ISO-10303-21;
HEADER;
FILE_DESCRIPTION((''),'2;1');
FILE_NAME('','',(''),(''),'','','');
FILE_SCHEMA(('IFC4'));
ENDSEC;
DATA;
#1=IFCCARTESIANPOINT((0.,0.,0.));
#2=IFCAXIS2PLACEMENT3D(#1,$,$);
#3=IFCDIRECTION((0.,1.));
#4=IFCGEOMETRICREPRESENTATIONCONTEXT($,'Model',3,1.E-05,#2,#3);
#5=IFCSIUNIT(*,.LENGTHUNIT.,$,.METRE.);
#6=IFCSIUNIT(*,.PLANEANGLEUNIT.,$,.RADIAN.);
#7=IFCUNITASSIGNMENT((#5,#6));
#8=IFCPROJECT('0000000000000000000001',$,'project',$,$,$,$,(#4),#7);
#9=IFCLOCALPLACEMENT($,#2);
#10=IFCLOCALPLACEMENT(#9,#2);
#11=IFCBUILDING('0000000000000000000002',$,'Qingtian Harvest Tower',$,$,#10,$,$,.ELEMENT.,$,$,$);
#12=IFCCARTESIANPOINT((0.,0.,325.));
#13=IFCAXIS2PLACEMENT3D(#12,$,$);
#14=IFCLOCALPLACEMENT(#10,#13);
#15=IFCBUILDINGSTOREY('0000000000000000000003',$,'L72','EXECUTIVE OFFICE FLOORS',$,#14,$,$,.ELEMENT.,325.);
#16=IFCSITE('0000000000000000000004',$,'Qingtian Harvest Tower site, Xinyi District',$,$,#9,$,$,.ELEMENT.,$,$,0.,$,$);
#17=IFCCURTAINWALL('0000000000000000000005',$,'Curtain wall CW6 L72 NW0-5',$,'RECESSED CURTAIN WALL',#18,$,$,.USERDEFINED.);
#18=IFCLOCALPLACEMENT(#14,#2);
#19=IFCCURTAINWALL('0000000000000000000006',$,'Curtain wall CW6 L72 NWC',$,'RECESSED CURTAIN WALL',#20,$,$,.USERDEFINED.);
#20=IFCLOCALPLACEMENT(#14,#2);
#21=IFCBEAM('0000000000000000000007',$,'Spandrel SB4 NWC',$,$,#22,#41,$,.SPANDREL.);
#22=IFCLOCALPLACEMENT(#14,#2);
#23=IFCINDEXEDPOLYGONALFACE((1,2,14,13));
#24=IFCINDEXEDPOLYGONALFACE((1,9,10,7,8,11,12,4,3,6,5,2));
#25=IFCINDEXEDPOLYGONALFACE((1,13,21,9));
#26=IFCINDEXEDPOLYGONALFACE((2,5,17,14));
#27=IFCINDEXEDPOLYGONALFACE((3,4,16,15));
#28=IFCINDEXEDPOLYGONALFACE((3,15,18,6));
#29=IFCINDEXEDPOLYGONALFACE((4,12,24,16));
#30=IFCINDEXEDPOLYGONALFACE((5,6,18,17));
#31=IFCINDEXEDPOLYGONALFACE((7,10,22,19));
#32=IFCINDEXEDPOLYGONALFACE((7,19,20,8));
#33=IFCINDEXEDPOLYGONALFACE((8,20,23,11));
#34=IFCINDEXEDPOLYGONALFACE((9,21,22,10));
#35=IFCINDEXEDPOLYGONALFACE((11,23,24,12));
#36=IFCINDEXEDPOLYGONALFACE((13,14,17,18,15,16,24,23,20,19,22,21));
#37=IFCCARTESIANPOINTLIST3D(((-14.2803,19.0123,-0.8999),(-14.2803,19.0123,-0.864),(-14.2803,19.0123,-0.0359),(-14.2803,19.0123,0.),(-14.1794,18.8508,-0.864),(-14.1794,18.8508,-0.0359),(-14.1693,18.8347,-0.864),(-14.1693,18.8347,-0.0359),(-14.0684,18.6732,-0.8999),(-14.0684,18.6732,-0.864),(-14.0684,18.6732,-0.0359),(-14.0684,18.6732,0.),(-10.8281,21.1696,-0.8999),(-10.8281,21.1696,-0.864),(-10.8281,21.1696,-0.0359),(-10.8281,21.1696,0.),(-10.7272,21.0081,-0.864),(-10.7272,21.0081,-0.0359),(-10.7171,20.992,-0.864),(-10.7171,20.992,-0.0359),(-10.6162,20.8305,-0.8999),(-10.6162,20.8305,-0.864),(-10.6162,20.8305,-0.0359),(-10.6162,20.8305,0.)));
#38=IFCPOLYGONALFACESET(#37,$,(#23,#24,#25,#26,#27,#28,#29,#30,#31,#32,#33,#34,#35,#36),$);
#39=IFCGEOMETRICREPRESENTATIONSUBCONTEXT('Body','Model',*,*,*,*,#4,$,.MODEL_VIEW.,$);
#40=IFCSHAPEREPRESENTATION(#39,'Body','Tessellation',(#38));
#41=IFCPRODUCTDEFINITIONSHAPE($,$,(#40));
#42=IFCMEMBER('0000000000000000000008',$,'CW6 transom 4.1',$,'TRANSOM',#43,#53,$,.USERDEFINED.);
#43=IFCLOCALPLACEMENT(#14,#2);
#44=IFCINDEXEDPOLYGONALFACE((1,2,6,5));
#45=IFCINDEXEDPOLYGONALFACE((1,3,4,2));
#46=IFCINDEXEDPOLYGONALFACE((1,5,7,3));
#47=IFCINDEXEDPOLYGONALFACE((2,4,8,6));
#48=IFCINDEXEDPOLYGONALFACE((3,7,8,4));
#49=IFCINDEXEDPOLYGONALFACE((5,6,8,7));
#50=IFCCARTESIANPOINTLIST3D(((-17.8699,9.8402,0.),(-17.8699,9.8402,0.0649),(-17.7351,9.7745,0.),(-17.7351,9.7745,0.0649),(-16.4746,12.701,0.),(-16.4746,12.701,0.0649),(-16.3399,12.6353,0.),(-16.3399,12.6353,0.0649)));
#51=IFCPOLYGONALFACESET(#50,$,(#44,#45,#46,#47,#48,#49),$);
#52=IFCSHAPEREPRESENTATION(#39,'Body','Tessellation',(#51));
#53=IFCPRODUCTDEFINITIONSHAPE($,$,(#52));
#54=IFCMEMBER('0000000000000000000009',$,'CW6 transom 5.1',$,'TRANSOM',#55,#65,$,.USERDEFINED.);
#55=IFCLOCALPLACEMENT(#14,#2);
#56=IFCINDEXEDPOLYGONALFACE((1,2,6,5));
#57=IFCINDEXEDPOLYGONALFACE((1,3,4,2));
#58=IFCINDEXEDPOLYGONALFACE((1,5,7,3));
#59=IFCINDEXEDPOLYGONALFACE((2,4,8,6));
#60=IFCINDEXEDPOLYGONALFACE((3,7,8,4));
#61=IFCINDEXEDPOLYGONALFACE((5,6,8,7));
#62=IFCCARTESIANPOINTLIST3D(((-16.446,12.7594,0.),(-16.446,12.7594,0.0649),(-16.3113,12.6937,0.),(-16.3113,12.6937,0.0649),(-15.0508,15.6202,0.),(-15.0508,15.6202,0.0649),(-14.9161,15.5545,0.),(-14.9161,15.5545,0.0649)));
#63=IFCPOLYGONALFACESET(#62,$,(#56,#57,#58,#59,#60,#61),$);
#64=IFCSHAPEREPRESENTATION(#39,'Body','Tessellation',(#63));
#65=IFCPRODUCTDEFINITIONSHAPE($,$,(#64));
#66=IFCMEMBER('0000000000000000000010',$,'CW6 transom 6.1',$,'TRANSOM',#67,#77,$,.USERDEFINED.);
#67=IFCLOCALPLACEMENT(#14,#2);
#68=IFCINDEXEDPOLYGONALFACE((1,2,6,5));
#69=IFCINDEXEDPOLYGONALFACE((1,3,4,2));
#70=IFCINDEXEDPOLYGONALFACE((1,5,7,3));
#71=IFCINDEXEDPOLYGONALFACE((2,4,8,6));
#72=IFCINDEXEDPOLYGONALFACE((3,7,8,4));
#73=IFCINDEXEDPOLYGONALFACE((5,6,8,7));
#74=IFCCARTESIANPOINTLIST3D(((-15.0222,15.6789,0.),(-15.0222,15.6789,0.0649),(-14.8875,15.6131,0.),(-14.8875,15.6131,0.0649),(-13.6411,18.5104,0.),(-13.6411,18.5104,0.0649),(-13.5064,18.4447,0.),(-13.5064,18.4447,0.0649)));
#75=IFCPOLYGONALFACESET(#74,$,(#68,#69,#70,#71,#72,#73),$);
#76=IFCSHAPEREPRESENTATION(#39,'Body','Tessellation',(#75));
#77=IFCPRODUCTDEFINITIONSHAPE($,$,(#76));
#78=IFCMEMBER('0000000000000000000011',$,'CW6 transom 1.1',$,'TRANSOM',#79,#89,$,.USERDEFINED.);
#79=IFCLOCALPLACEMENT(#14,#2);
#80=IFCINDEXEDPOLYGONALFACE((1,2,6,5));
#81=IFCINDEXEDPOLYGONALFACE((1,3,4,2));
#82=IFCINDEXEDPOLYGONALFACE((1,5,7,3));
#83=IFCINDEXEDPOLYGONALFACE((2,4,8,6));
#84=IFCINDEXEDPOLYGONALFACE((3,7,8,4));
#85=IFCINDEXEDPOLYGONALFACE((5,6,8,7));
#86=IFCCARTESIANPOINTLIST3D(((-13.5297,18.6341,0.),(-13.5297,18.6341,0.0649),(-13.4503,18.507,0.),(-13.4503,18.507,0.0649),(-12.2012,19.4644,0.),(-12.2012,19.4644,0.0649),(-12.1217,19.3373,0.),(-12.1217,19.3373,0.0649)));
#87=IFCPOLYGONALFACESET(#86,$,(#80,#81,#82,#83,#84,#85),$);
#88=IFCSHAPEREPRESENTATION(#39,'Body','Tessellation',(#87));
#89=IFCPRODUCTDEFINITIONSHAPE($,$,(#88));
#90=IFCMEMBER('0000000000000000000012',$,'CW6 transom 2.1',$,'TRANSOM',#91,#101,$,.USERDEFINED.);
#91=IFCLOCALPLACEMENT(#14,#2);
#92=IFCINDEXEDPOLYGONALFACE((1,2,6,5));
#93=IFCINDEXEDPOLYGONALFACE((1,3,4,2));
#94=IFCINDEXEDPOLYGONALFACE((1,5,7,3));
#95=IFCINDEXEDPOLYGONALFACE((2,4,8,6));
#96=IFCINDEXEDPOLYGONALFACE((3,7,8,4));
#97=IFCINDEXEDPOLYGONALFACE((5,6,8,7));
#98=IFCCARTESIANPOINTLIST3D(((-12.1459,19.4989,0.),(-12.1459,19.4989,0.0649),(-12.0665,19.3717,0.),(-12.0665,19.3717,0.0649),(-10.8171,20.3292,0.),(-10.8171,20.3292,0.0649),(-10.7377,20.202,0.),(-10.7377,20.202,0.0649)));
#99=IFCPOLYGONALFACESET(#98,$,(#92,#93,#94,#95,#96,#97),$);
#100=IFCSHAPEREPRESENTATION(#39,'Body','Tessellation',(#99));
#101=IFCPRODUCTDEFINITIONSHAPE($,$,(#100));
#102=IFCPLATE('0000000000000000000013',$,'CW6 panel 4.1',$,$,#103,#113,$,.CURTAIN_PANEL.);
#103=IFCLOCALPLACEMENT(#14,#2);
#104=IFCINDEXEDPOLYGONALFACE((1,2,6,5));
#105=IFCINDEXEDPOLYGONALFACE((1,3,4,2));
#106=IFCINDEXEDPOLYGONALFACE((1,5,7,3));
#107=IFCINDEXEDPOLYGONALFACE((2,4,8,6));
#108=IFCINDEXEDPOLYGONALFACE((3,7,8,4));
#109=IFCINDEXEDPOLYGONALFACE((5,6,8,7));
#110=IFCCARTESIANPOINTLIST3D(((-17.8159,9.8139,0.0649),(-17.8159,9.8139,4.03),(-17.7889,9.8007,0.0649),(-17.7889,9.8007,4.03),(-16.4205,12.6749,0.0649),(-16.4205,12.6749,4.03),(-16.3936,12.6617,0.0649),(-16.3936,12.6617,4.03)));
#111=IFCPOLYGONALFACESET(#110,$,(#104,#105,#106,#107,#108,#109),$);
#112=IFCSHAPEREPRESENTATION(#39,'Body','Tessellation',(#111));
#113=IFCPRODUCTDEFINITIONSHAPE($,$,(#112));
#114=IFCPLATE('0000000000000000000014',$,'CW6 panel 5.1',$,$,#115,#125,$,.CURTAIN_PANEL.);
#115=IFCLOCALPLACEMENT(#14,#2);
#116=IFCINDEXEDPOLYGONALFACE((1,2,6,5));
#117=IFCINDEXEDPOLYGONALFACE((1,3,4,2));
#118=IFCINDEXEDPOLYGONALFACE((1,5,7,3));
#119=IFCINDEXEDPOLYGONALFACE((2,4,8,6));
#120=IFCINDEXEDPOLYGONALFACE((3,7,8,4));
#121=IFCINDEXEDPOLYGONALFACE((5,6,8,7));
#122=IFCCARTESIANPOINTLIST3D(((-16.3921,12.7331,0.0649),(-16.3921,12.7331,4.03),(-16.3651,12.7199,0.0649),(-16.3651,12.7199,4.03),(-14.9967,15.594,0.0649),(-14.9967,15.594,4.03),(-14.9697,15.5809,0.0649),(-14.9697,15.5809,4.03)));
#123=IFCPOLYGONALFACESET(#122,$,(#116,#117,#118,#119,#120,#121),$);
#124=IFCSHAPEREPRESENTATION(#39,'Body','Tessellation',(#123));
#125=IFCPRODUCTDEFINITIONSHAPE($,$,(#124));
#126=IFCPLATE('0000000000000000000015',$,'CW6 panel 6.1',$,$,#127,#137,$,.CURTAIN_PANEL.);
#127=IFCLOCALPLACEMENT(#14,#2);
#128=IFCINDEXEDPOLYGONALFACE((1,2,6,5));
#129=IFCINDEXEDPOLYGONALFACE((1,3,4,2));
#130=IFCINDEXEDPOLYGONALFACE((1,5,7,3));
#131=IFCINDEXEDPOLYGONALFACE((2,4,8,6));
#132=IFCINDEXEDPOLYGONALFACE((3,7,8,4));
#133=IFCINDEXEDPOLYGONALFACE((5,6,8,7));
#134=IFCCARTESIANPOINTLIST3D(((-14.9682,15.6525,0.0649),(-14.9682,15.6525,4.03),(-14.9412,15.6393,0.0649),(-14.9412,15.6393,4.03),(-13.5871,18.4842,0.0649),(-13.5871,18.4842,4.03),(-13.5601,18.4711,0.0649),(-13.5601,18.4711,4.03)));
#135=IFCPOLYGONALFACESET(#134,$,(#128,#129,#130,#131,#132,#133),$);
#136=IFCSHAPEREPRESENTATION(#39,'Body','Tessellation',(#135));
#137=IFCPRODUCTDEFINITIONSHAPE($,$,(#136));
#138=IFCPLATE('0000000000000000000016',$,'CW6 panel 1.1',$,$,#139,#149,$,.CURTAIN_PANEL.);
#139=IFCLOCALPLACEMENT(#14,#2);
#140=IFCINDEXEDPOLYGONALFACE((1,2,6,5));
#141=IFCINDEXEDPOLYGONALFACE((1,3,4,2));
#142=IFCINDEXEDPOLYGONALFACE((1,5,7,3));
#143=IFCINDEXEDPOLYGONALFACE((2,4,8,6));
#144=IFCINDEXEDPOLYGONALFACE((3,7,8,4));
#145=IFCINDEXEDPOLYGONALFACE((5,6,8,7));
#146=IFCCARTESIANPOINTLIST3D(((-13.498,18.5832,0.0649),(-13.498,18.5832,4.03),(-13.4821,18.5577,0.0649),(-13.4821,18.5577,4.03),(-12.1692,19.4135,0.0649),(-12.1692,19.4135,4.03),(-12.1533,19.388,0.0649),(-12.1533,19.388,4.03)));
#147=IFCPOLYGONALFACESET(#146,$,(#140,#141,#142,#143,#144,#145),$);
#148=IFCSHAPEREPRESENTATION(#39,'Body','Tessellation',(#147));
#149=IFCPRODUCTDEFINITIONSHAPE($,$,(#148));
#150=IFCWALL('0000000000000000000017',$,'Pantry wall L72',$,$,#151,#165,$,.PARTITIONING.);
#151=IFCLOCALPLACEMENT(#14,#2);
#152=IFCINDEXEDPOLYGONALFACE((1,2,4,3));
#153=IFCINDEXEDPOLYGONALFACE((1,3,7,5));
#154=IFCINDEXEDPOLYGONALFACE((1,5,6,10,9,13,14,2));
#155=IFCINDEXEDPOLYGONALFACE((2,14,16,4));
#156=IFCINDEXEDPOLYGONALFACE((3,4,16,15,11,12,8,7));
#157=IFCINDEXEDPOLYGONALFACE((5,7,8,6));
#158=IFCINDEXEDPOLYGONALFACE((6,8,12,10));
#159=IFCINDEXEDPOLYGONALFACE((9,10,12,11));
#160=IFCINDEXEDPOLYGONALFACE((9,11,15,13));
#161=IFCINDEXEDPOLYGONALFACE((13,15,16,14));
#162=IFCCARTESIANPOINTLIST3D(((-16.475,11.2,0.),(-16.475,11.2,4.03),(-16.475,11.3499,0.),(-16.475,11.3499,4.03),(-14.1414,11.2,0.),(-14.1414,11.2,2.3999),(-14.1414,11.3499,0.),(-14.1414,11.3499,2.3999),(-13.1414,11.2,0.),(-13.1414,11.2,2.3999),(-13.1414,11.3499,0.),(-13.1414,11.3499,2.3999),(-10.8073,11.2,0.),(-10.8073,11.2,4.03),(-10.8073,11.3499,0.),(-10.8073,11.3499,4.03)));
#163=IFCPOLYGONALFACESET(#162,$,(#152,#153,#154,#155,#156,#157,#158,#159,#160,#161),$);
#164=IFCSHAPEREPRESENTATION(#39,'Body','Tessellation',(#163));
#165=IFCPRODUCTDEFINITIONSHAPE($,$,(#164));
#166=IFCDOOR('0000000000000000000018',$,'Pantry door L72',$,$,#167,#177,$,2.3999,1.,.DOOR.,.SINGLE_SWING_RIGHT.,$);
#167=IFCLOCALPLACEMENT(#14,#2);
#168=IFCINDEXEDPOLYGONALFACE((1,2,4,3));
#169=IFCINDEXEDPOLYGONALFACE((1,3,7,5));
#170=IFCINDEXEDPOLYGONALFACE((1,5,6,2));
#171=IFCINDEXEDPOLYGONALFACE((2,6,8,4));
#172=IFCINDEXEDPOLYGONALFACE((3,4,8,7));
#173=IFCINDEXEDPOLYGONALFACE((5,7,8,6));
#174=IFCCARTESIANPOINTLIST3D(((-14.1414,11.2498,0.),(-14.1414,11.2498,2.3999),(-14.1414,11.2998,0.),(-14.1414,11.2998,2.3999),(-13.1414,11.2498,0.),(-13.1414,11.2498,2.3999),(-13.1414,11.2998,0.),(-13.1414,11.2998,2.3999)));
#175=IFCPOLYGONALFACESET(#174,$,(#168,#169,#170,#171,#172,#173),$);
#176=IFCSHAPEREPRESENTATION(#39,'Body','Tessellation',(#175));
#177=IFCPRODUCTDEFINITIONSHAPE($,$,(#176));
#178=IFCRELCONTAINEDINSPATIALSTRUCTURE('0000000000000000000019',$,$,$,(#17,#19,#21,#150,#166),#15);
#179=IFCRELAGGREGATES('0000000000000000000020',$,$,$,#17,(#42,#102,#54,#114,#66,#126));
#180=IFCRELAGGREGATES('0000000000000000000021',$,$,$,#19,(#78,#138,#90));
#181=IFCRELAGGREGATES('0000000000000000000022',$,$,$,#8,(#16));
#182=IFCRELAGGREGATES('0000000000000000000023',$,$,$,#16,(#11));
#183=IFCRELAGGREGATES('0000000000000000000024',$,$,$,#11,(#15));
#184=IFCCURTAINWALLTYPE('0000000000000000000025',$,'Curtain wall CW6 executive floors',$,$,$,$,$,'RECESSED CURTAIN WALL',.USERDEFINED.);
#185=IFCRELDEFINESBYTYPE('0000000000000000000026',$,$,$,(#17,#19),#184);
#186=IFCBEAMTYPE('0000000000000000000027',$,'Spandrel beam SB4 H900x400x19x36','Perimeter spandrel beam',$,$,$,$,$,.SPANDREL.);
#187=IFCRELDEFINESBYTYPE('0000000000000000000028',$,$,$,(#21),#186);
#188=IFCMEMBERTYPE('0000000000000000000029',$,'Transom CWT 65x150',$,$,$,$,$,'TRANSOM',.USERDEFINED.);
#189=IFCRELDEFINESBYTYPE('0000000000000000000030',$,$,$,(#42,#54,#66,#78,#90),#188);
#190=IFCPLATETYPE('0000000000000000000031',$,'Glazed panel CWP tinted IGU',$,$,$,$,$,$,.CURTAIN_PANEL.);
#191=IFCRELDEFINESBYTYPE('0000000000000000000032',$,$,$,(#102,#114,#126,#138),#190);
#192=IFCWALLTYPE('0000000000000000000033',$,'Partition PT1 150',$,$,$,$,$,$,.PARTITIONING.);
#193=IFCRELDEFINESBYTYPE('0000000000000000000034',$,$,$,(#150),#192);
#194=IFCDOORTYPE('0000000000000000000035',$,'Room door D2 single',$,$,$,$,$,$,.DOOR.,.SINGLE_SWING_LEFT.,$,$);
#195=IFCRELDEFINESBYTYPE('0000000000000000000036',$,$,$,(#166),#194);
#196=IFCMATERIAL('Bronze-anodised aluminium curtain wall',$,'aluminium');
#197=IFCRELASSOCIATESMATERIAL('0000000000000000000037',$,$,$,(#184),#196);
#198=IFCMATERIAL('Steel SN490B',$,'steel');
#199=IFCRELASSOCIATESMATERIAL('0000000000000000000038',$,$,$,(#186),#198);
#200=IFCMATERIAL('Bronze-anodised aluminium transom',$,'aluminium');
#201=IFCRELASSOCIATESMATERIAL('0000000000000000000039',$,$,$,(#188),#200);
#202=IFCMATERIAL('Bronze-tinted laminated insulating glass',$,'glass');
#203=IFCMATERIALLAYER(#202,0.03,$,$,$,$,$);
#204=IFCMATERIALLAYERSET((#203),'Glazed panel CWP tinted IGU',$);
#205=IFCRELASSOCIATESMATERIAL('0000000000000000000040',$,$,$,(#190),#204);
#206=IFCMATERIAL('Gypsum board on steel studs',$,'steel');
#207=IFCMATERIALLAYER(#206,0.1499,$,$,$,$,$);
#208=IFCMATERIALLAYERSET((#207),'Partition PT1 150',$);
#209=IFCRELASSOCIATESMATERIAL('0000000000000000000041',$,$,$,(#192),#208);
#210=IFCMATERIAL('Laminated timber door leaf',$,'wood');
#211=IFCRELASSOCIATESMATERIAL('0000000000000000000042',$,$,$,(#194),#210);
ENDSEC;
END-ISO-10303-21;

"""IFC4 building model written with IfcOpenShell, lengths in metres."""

from ifc_helpers import new_model, si_unit, direction, frame, frame_2d, origin, origin_2d, place, context, subcontext, project, spatial, rectangle, i_section, extrude, material, layer, layer_set, material_profile, profile_set, type_object, element, fill, aggregate, save


model = new_model("IFC4")

# Units and contexts
model_context = context("Model", 3, precision=1e-05, world=origin(), true_north=direction((0.0, 1.0)))
body_context = subcontext(model_context, "Body", "Model", "MODEL_VIEW")
ifc_project = project(units=[si_unit("LENGTHUNIT", "METRE"), si_unit("PLANEANGLEUNIT", "RADIAN")], contexts=[model_context])

# Site, building, storey
site_placement = place(None, origin())
site = spatial("IfcSite", under=ifc_project, at=site_placement, Name="Qingtian Harvest Tower site, Xinyi District", CompositionType="ELEMENT", RefElevation=0.0)
building_placement = place(site_placement, origin())
building = spatial("IfcBuilding", under=site, at=building_placement, Name="Qingtian Harvest Tower", CompositionType="ELEMENT")
storey_placement = place(building_placement, frame((0.0, 0.0, 325.0)))
storey = spatial("IfcBuildingStorey", under=building, at=storey_placement, Name="L72", Description="EXECUTIVE OFFICE FLOORS", CompositionType="ELEMENT", Elevation=325.0)

# Curtain walls
ifc_material_1 = material(Name="Bronze-anodised aluminium curtain wall", Category="aluminium")
curtain_wall_type = type_object("IfcCurtainWallType", Name="Curtain wall CW6 executive floors", ElementType="RECESSED CURTAIN WALL", PredefinedType="USERDEFINED", material=ifc_material_1)
curtain_wall_1_placement = place(storey_placement, origin())
curtain_wall_1 = element("IfcCurtainWall", 1, at=curtain_wall_1_placement, inside=storey, type_object=curtain_wall_type, Name="Curtain wall CW6 L72 NW0-5", ObjectType="RECESSED CURTAIN WALL", PredefinedType="USERDEFINED")
curtain_wall_2_placement = place(storey_placement, origin())
curtain_wall_2 = element("IfcCurtainWall", 2, at=curtain_wall_2_placement, inside=storey, type_object=curtain_wall_type, Name="Curtain wall CW6 L72 NWC", ObjectType="RECESSED CURTAIN WALL", PredefinedType="USERDEFINED")

# Beam
ifc_material_2 = material(Name="Steel SN490B", Category="steel")
ifc_material_profile_1 = material_profile(ifc_material_2, i_section(OverallWidth=0.3999, OverallDepth=0.8999, WebThickness=0.019, FlangeThickness=0.0359, at=origin_2d()), Name="H900x400x19x36")
ifc_profile_set_1 = profile_set([ifc_material_profile_1], Name="Steel SN490B")
beam_type_1 = type_object("IfcBeamType", Name="Spandrel beam SB4 H900x400x19x36", Description="Perimeter spandrel beam", PredefinedType="SPANDREL", material=ifc_profile_set_1)
beam_1_placement = place(storey_placement, frame((-14.1743, 18.8428, -0.45), z_axis=(0.848039, 0.529934, 0.0), x_axis=(-0.529934, 0.848039, 0.0)))
element("IfcBeam", 3, at=beam_1_placement, inside=storey, type_object=beam_type_1, Name="Spandrel SB4 NWC", PredefinedType="SPANDREL", context=body_context, shape_type="SweptSolid", body=[
    extrude(i_section(OverallWidth=0.3999, OverallDepth=0.8999, WebThickness=0.019, FlangeThickness=0.0359, at=origin_2d()), origin(), (0.0, 0.0, 1.0), 4.0708),
])

# Members
ifc_material_3 = material(Name="Bronze-anodised aluminium transom", Category="aluminium")
ifc_material_profile_2 = material_profile(ifc_material_3, rectangle(XDim=0.1499, YDim=0.0649, at=origin_2d()), Name="AL 65x150")
ifc_profile_set_2 = profile_set([ifc_material_profile_2], Name="Bronze-anodised aluminium transom")
member_type_1 = type_object("IfcMemberType", Name="Transom CWT 65x150", ElementType="TRANSOM", PredefinedType="USERDEFINED", material=ifc_profile_set_2)
member_1_placement = place(storey_placement, frame((-17.8025, 9.8074, 0.0325), z_axis=(0.438356, 0.898802, 0.0), x_axis=(-0.898802, 0.438356, 0.0)))
member_1 = element("IfcMember", 4, at=member_1_placement, type_object=member_type_1, Name="CW6 transom 4.1", ObjectType="TRANSOM", PredefinedType="USERDEFINED", context=body_context, shape_type="SweptSolid", body=[
    extrude(rectangle(XDim=0.1499, YDim=0.0649, at=origin_2d()), origin(), (0.0, 0.0, 1.0), 3.1829),
])
member_2_placement = place(storey_placement, frame((-16.3787, 12.7266, 0.0325), z_axis=(0.438356, 0.898802, 0.0), x_axis=(-0.898802, 0.438356, 0.0)))
member_2 = element("IfcMember", 5, at=member_2_placement, type_object=member_type_1, Name="CW6 transom 5.1", ObjectType="TRANSOM", PredefinedType="USERDEFINED", context=body_context, shape_type="SweptSolid", body=[
    extrude(rectangle(XDim=0.1499, YDim=0.0649, at=origin_2d()), origin(), (0.0, 0.0, 1.0), 3.1829),
])
member_3_placement = place(storey_placement, frame((-14.9548, 15.646, 0.0325), z_axis=(0.438389, 0.898786, 0.0), x_axis=(-0.898786, 0.438389, 0.0)))
member_3 = element("IfcMember", 6, at=member_3_placement, type_object=member_type_1, Name="CW6 transom 6.1", ObjectType="TRANSOM", PredefinedType="USERDEFINED", context=body_context, shape_type="SweptSolid", body=[
    extrude(rectangle(XDim=0.1499, YDim=0.0649, at=origin_2d()), origin(), (0.0, 0.0, 1.0), 3.1504),
])
member_4_placement = place(storey_placement, frame((-13.49, 18.5706, 0.0325), z_axis=(0.848016, 0.529971, 0.0), x_axis=(-0.529971, 0.848016, 0.0)))
member_4 = element("IfcMember", 7, at=member_4_placement, type_object=member_type_1, Name="CW6 transom 1.1", ObjectType="TRANSOM", PredefinedType="USERDEFINED", context=body_context, shape_type="SweptSolid", body=[
    extrude(rectangle(XDim=0.1499, YDim=0.0649, at=origin_2d()), origin(), (0.0, 0.0, 1.0), 1.5667),
])
member_5_placement = place(storey_placement, frame((-12.1062, 19.4353, 0.0325), z_axis=(0.84806, 0.529901, 0.0), x_axis=(-0.529901, 0.84806, 0.0)))
member_5 = element("IfcMember", 8, at=member_5_placement, type_object=member_type_1, Name="CW6 transom 2.1", ObjectType="TRANSOM", PredefinedType="USERDEFINED", context=body_context, shape_type="SweptSolid", body=[
    extrude(rectangle(XDim=0.1499, YDim=0.0649, at=origin_2d()), origin(), (0.0, 0.0, 1.0), 1.5669),
])

# Plates
ifc_material_4 = material(Name="Bronze-tinted laminated insulating glass", Category="glass")
ifc_layer_1 = layer(ifc_material_4, 0.03)
ifc_layer_set_1 = layer_set([ifc_layer_1], Name="Glazed panel CWP tinted IGU")
plate_type = type_object("IfcPlateType", Name="Glazed panel CWP tinted IGU", PredefinedType="CURTAIN_PANEL", material=ifc_layer_set_1)
plate_1_placement = place(storey_placement, frame((-17.1047, 11.2378, 0.0649), z_axis=(0.0, 0.0, 1.0), x_axis=(0.438371, 0.898794, 0.0)))
plate_1 = element("IfcPlate", 9, at=plate_1_placement, type_object=plate_type, Name="CW6 panel 4.1", PredefinedType="CURTAIN_PANEL", context=body_context, shape_type="SweptSolid", body=[
    extrude(rectangle(XDim=3.1831, YDim=0.03, at=origin_2d()), origin(), (0.0, 0.0, 1.0), 3.9651),
])
plate_2_placement = place(storey_placement, frame((-15.6809, 14.157, 0.0649), z_axis=(0.0, 0.0, 1.0), x_axis=(0.438371, 0.898794, 0.0)))
plate_2 = element("IfcPlate", 10, at=plate_2_placement, type_object=plate_type, Name="CW6 panel 5.1", PredefinedType="CURTAIN_PANEL", context=body_context, shape_type="SweptSolid", body=[
    extrude(rectangle(XDim=3.1831, YDim=0.03, at=origin_2d()), origin(), (0.0, 0.0, 1.0), 3.9651),
])
plate_3_placement = place(storey_placement, frame((-14.2642, 17.0618, 0.0649), z_axis=(0.0, 0.0, 1.0), x_axis=(0.438371, 0.898794, 0.0)))
plate_3 = element("IfcPlate", 11, at=plate_3_placement, type_object=plate_type, Name="CW6 panel 6.1", PredefinedType="CURTAIN_PANEL", context=body_context, shape_type="SweptSolid", body=[
    extrude(rectangle(XDim=3.1506, YDim=0.03, at=origin_2d()), origin(), (0.0, 0.0, 1.0), 3.9651),
])
aggregate(curtain_wall_1, [member_1, plate_1, member_2, plate_2, member_3, plate_3])
plate_4_placement = place(storey_placement, frame((-12.8257, 18.9856, 0.0649), z_axis=(0.0, 0.0, 1.0), x_axis=(0.848048, 0.529919, 0.0)))
plate_4 = element("IfcPlate", 12, at=plate_4_placement, type_object=plate_type, Name="CW6 panel 1.1", PredefinedType="CURTAIN_PANEL", context=body_context, shape_type="SweptSolid", body=[
    extrude(rectangle(XDim=1.5669, YDim=0.03, at=origin_2d()), origin(), (0.0, 0.0, 1.0), 3.9651),
])
aggregate(curtain_wall_2, [member_4, plate_4, member_5])

# Wall, opening, door
ifc_material_5 = material(Name="Gypsum board on steel studs", Category="steel")
ifc_layer_2 = layer(ifc_material_5, 0.1499)
ifc_layer_set_2 = layer_set([ifc_layer_2], Name="Partition PT1 150")
wall_type = type_object("IfcWallType", Name="Partition PT1 150", PredefinedType="PARTITIONING", material=ifc_layer_set_2)
wall_1_placement = place(storey_placement, frame((-16.4751, 11.2749, 0.0), z_axis=(0.0, 0.0, 1.0), x_axis=(1.0, 0.0, 0.0)))
wall_1 = element("IfcWall", 13, at=wall_1_placement, inside=storey, type_object=wall_type, Name="Pantry wall L72", PredefinedType="PARTITIONING", context=body_context, shape_type="SweptSolid", body=[
    extrude(rectangle(XDim=5.6677, YDim=0.1499, at=frame_2d((2.834, 0.0))), origin(), (0.0, 0.0, 1.0), 4.03),
])
opening_placement = place(wall_1_placement, frame((2.3337, 0.0, 0.0)))
opening = element("IfcOpeningElement", 14, at=opening_placement, cuts=wall_1, PredefinedType="OPENING", context=body_context, shape_type="SweptSolid", body=[
    extrude(rectangle(XDim=1.0, YDim=2.3999, at=frame_2d((0.5, 1.2))), frame((0.0, 0.085, 0.0), z_axis=(0.0, -1.0, 0.0), x_axis=(1.0, 0.0, 0.0)), (0.0, 0.0, 1.0), 0.1699),
])
ifc_material_6 = material(Name="Laminated timber door leaf", Category="wood")
door_type = type_object("IfcDoorType", Name="Room door D2 single", OperationType="SINGLE_SWING_LEFT", PredefinedType="DOOR", material=ifc_material_6)
door_placement = place(opening_placement, origin())
door = element("IfcDoor", 15, at=door_placement, inside=storey, type_object=door_type, Name="Pantry door L72", OperationType="SINGLE_SWING_RIGHT", OverallHeight=2.3999, OverallWidth=1.0, PredefinedType="DOOR", context=body_context, shape_type="SweptSolid", body=[
    extrude(rectangle(XDim=1.0, YDim=2.3999, at=frame_2d((0.5, 1.2))), frame((0.0, 0.0249, 0.0), z_axis=(0.0, -1.0, 0.0), x_axis=(1.0, 0.0, 0.0)), (0.0, 0.0, 1.0), 0.05),
])
fill(opening, door)

save(model, "model.ifc")
